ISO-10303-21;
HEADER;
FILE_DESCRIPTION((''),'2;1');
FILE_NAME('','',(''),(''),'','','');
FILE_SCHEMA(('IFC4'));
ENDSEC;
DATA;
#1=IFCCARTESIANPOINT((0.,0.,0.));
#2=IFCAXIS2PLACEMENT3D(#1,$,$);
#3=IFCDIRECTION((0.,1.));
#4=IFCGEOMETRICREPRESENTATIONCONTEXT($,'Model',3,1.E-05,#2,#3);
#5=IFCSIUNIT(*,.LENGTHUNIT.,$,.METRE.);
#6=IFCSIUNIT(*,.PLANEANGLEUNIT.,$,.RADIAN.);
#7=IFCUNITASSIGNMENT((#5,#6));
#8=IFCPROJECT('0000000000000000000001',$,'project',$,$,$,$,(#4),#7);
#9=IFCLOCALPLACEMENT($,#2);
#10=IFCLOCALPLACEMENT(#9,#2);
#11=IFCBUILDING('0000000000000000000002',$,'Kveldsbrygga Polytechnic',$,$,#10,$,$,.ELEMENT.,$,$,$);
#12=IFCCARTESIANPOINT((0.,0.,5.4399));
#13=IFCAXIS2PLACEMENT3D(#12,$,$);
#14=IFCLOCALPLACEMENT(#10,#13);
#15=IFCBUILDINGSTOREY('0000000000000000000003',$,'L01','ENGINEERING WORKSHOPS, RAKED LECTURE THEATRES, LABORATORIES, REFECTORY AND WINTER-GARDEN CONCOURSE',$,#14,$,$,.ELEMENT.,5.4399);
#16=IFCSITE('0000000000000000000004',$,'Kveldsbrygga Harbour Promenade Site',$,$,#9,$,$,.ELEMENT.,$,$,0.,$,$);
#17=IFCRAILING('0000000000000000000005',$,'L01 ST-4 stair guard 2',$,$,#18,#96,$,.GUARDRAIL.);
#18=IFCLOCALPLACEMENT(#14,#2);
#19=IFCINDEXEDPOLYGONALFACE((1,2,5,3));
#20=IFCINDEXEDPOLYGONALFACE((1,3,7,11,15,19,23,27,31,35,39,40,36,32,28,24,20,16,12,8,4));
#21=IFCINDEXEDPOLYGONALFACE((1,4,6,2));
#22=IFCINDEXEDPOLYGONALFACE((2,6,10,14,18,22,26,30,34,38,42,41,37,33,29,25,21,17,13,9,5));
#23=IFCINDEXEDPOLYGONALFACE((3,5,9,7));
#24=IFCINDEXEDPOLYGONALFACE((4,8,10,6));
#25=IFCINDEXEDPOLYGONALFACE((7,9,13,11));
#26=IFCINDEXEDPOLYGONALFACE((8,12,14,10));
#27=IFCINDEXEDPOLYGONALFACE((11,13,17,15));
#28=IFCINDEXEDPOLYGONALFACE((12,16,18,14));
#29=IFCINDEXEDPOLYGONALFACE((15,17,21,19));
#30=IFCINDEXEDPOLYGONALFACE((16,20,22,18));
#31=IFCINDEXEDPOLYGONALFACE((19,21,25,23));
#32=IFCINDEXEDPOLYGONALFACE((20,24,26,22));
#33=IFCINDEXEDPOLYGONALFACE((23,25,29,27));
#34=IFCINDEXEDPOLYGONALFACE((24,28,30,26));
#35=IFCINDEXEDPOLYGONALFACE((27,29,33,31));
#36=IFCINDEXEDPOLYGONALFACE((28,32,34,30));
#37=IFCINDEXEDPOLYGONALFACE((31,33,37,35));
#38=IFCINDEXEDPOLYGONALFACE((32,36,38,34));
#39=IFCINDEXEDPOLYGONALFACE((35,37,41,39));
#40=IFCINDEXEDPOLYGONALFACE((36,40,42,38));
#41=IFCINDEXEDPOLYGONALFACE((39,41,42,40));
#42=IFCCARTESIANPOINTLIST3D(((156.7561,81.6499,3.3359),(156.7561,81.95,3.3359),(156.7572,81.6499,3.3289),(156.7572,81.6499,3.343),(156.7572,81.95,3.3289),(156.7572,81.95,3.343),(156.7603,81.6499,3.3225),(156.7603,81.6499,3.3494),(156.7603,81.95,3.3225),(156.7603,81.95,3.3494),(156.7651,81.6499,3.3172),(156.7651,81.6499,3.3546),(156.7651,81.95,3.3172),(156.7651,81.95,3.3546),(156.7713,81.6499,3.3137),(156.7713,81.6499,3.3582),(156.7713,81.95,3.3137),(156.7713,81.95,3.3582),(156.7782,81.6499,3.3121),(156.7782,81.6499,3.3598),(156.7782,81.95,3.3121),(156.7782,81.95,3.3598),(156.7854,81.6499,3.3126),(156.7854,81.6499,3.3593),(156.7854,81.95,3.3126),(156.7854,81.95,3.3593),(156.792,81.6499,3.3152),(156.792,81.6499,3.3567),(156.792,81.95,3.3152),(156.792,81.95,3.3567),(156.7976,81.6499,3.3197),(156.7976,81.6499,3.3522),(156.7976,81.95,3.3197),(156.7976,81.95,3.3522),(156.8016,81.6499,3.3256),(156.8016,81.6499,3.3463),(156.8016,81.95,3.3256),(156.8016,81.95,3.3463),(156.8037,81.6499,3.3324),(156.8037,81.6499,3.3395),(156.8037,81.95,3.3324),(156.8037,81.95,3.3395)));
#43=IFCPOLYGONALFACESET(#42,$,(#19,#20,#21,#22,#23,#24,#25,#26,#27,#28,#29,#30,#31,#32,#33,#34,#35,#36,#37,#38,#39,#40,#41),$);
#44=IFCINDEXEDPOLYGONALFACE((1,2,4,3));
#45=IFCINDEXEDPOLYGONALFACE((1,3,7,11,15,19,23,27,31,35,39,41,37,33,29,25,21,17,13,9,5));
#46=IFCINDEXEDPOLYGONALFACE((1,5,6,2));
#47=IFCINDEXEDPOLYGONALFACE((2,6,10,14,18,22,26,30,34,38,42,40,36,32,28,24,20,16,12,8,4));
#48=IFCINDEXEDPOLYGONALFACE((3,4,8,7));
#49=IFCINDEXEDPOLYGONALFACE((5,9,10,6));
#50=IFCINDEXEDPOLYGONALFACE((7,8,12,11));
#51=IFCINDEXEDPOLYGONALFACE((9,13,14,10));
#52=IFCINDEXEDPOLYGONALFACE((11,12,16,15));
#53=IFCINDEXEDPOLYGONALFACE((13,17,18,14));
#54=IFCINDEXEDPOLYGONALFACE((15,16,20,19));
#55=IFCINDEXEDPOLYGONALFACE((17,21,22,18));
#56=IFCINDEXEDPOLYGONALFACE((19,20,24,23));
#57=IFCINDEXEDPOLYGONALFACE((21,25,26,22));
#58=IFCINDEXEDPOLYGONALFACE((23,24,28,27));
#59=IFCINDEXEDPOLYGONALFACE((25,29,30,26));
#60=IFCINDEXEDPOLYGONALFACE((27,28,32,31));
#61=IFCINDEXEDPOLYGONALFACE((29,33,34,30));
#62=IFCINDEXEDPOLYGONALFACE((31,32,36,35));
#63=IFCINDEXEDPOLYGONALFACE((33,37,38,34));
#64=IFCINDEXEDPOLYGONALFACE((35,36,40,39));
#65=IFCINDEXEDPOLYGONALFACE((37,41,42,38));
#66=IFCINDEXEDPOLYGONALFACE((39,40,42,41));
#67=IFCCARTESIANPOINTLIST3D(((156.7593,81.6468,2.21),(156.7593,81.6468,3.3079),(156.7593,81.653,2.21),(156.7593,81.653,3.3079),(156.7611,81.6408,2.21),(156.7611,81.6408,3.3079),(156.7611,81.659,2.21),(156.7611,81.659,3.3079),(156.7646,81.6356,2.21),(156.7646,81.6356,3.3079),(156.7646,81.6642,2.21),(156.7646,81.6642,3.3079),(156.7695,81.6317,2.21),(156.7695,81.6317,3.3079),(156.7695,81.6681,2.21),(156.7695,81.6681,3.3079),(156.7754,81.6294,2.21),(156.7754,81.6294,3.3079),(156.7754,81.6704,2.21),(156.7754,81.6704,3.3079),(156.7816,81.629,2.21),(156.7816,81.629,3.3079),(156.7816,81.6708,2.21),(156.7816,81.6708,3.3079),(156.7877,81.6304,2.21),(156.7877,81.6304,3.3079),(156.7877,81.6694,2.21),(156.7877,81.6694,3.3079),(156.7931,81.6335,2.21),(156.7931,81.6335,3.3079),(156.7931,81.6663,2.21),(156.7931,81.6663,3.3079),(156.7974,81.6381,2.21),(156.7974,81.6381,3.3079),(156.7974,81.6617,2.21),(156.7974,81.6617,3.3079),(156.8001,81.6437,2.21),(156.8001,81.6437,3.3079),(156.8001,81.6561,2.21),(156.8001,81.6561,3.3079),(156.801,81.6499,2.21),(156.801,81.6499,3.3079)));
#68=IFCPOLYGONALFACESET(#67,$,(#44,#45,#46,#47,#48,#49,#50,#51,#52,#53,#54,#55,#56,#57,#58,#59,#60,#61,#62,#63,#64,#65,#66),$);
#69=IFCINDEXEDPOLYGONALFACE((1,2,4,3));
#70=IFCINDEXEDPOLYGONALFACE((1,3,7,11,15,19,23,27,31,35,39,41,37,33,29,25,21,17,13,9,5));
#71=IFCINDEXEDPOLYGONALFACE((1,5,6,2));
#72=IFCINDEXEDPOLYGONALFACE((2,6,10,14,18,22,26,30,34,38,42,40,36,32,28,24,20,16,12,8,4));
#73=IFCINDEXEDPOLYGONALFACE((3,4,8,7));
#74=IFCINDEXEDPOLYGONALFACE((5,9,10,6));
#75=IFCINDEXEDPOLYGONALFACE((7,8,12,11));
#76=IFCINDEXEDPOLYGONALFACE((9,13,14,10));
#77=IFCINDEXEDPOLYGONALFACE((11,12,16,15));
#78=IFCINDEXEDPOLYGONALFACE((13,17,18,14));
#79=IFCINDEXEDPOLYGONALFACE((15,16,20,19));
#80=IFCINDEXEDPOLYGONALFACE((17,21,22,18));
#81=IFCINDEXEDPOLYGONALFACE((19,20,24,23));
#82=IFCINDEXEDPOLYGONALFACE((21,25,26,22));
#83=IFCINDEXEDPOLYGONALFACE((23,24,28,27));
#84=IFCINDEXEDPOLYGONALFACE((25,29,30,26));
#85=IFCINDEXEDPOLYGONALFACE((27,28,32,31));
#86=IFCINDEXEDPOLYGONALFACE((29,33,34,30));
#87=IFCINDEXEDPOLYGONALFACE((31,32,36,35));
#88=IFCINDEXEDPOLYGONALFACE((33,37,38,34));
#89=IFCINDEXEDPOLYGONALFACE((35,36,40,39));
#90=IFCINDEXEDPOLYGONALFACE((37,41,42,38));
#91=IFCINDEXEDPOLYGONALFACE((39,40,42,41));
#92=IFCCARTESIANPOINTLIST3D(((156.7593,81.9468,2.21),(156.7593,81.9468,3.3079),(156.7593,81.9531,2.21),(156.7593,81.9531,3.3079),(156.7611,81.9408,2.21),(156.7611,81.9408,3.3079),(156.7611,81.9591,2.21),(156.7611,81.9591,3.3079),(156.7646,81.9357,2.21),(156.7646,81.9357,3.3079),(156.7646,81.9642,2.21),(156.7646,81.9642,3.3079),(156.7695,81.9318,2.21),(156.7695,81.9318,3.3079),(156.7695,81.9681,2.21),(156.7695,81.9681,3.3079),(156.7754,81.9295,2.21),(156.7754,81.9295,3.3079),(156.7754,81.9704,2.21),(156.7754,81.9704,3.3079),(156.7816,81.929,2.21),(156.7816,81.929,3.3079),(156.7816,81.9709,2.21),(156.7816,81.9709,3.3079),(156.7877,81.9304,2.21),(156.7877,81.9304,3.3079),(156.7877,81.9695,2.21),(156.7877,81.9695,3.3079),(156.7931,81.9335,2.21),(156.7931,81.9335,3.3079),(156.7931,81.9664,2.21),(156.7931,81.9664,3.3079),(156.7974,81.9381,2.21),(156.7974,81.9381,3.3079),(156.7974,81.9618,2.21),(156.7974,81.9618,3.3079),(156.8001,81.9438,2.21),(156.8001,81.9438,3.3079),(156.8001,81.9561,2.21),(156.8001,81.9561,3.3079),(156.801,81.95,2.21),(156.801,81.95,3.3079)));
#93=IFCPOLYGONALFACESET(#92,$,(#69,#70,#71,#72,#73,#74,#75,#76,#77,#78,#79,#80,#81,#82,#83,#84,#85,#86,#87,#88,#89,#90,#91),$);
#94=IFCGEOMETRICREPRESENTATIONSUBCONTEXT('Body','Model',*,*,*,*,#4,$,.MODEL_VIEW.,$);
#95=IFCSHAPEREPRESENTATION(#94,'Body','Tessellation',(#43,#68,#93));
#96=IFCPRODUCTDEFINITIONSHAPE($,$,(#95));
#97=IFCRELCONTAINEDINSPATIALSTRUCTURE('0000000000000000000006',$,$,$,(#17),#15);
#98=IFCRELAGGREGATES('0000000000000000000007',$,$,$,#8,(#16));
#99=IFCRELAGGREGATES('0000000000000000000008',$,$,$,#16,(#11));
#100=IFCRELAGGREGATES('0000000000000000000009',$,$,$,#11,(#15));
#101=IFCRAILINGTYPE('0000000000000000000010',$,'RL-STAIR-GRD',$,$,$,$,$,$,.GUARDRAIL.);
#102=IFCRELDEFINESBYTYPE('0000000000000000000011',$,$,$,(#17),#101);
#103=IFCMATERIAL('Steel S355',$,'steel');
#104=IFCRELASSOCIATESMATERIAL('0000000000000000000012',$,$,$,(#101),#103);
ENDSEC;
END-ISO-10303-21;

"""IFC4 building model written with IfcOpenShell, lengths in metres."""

from ifc_helpers import new_model, si_unit, direction, frame, origin, origin_2d, place, context, subcontext, project, spatial, circle, extrude, material, type_object, element, save


model = new_model("IFC4")

# Units and contexts
model_context = context("Model", 3, precision=1e-05, world=origin(), true_north=direction((0.0, 1.0)))
body_context = subcontext(model_context, "Body", "Model", "MODEL_VIEW")
ifc_project = project(units=[si_unit("LENGTHUNIT", "METRE"), si_unit("PLANEANGLEUNIT", "RADIAN")], contexts=[model_context])

# Site, building, storey
site_placement = place(None, origin())
site = spatial("IfcSite", under=ifc_project, at=site_placement, Name="Kveldsbrygga Harbour Promenade Site", CompositionType="ELEMENT", RefElevation=0.0)
building_placement = place(site_placement, origin())
building = spatial("IfcBuilding", under=site, at=building_placement, Name="Kveldsbrygga Polytechnic", CompositionType="ELEMENT")
storey_placement = place(building_placement, frame((0.0, 0.0, 5.4399)))
storey = spatial("IfcBuildingStorey", under=building, at=storey_placement, Name="L01", Description="ENGINEERING WORKSHOPS, RAKED LECTURE THEATRES, LABORATORIES, REFECTORY AND WINTER-GARDEN CONCOURSE", CompositionType="ELEMENT", Elevation=5.4399)

# Railing
ifc_material_1 = material(Name="Steel S355", Category="steel")
railing_type_1 = type_object("IfcRailingType", Name="RL-STAIR-GRD", PredefinedType="GUARDRAIL", material=ifc_material_1)
railing_1_placement = place(storey_placement, frame((156.78, 81.6499, 2.21)))
element("IfcRailing", 1, at=railing_1_placement, inside=storey, type_object=railing_type_1, Name="L01 ST-4 stair guard 2", PredefinedType="GUARDRAIL", context=body_context, shape_type="SweptSolid", body=[
    extrude(circle(Radius=0.0239, at=origin_2d()), frame((0.0, 0.0, 1.126), z_axis=(0.0, 1.0, 0.0), x_axis=(-1.0, 0.0, 0.0)), (0.0, 0.0, 1.0), 0.3),
    extrude(circle(Radius=0.021, at=origin_2d()), origin(), (0.0, 0.0, 1.0), 1.0979),
    extrude(circle(Radius=0.021, at=origin_2d()), frame((0.0, 0.3, 0.0)), (0.0, 0.0, 1.0), 1.0979),
])

save(model, "model.ifc")
